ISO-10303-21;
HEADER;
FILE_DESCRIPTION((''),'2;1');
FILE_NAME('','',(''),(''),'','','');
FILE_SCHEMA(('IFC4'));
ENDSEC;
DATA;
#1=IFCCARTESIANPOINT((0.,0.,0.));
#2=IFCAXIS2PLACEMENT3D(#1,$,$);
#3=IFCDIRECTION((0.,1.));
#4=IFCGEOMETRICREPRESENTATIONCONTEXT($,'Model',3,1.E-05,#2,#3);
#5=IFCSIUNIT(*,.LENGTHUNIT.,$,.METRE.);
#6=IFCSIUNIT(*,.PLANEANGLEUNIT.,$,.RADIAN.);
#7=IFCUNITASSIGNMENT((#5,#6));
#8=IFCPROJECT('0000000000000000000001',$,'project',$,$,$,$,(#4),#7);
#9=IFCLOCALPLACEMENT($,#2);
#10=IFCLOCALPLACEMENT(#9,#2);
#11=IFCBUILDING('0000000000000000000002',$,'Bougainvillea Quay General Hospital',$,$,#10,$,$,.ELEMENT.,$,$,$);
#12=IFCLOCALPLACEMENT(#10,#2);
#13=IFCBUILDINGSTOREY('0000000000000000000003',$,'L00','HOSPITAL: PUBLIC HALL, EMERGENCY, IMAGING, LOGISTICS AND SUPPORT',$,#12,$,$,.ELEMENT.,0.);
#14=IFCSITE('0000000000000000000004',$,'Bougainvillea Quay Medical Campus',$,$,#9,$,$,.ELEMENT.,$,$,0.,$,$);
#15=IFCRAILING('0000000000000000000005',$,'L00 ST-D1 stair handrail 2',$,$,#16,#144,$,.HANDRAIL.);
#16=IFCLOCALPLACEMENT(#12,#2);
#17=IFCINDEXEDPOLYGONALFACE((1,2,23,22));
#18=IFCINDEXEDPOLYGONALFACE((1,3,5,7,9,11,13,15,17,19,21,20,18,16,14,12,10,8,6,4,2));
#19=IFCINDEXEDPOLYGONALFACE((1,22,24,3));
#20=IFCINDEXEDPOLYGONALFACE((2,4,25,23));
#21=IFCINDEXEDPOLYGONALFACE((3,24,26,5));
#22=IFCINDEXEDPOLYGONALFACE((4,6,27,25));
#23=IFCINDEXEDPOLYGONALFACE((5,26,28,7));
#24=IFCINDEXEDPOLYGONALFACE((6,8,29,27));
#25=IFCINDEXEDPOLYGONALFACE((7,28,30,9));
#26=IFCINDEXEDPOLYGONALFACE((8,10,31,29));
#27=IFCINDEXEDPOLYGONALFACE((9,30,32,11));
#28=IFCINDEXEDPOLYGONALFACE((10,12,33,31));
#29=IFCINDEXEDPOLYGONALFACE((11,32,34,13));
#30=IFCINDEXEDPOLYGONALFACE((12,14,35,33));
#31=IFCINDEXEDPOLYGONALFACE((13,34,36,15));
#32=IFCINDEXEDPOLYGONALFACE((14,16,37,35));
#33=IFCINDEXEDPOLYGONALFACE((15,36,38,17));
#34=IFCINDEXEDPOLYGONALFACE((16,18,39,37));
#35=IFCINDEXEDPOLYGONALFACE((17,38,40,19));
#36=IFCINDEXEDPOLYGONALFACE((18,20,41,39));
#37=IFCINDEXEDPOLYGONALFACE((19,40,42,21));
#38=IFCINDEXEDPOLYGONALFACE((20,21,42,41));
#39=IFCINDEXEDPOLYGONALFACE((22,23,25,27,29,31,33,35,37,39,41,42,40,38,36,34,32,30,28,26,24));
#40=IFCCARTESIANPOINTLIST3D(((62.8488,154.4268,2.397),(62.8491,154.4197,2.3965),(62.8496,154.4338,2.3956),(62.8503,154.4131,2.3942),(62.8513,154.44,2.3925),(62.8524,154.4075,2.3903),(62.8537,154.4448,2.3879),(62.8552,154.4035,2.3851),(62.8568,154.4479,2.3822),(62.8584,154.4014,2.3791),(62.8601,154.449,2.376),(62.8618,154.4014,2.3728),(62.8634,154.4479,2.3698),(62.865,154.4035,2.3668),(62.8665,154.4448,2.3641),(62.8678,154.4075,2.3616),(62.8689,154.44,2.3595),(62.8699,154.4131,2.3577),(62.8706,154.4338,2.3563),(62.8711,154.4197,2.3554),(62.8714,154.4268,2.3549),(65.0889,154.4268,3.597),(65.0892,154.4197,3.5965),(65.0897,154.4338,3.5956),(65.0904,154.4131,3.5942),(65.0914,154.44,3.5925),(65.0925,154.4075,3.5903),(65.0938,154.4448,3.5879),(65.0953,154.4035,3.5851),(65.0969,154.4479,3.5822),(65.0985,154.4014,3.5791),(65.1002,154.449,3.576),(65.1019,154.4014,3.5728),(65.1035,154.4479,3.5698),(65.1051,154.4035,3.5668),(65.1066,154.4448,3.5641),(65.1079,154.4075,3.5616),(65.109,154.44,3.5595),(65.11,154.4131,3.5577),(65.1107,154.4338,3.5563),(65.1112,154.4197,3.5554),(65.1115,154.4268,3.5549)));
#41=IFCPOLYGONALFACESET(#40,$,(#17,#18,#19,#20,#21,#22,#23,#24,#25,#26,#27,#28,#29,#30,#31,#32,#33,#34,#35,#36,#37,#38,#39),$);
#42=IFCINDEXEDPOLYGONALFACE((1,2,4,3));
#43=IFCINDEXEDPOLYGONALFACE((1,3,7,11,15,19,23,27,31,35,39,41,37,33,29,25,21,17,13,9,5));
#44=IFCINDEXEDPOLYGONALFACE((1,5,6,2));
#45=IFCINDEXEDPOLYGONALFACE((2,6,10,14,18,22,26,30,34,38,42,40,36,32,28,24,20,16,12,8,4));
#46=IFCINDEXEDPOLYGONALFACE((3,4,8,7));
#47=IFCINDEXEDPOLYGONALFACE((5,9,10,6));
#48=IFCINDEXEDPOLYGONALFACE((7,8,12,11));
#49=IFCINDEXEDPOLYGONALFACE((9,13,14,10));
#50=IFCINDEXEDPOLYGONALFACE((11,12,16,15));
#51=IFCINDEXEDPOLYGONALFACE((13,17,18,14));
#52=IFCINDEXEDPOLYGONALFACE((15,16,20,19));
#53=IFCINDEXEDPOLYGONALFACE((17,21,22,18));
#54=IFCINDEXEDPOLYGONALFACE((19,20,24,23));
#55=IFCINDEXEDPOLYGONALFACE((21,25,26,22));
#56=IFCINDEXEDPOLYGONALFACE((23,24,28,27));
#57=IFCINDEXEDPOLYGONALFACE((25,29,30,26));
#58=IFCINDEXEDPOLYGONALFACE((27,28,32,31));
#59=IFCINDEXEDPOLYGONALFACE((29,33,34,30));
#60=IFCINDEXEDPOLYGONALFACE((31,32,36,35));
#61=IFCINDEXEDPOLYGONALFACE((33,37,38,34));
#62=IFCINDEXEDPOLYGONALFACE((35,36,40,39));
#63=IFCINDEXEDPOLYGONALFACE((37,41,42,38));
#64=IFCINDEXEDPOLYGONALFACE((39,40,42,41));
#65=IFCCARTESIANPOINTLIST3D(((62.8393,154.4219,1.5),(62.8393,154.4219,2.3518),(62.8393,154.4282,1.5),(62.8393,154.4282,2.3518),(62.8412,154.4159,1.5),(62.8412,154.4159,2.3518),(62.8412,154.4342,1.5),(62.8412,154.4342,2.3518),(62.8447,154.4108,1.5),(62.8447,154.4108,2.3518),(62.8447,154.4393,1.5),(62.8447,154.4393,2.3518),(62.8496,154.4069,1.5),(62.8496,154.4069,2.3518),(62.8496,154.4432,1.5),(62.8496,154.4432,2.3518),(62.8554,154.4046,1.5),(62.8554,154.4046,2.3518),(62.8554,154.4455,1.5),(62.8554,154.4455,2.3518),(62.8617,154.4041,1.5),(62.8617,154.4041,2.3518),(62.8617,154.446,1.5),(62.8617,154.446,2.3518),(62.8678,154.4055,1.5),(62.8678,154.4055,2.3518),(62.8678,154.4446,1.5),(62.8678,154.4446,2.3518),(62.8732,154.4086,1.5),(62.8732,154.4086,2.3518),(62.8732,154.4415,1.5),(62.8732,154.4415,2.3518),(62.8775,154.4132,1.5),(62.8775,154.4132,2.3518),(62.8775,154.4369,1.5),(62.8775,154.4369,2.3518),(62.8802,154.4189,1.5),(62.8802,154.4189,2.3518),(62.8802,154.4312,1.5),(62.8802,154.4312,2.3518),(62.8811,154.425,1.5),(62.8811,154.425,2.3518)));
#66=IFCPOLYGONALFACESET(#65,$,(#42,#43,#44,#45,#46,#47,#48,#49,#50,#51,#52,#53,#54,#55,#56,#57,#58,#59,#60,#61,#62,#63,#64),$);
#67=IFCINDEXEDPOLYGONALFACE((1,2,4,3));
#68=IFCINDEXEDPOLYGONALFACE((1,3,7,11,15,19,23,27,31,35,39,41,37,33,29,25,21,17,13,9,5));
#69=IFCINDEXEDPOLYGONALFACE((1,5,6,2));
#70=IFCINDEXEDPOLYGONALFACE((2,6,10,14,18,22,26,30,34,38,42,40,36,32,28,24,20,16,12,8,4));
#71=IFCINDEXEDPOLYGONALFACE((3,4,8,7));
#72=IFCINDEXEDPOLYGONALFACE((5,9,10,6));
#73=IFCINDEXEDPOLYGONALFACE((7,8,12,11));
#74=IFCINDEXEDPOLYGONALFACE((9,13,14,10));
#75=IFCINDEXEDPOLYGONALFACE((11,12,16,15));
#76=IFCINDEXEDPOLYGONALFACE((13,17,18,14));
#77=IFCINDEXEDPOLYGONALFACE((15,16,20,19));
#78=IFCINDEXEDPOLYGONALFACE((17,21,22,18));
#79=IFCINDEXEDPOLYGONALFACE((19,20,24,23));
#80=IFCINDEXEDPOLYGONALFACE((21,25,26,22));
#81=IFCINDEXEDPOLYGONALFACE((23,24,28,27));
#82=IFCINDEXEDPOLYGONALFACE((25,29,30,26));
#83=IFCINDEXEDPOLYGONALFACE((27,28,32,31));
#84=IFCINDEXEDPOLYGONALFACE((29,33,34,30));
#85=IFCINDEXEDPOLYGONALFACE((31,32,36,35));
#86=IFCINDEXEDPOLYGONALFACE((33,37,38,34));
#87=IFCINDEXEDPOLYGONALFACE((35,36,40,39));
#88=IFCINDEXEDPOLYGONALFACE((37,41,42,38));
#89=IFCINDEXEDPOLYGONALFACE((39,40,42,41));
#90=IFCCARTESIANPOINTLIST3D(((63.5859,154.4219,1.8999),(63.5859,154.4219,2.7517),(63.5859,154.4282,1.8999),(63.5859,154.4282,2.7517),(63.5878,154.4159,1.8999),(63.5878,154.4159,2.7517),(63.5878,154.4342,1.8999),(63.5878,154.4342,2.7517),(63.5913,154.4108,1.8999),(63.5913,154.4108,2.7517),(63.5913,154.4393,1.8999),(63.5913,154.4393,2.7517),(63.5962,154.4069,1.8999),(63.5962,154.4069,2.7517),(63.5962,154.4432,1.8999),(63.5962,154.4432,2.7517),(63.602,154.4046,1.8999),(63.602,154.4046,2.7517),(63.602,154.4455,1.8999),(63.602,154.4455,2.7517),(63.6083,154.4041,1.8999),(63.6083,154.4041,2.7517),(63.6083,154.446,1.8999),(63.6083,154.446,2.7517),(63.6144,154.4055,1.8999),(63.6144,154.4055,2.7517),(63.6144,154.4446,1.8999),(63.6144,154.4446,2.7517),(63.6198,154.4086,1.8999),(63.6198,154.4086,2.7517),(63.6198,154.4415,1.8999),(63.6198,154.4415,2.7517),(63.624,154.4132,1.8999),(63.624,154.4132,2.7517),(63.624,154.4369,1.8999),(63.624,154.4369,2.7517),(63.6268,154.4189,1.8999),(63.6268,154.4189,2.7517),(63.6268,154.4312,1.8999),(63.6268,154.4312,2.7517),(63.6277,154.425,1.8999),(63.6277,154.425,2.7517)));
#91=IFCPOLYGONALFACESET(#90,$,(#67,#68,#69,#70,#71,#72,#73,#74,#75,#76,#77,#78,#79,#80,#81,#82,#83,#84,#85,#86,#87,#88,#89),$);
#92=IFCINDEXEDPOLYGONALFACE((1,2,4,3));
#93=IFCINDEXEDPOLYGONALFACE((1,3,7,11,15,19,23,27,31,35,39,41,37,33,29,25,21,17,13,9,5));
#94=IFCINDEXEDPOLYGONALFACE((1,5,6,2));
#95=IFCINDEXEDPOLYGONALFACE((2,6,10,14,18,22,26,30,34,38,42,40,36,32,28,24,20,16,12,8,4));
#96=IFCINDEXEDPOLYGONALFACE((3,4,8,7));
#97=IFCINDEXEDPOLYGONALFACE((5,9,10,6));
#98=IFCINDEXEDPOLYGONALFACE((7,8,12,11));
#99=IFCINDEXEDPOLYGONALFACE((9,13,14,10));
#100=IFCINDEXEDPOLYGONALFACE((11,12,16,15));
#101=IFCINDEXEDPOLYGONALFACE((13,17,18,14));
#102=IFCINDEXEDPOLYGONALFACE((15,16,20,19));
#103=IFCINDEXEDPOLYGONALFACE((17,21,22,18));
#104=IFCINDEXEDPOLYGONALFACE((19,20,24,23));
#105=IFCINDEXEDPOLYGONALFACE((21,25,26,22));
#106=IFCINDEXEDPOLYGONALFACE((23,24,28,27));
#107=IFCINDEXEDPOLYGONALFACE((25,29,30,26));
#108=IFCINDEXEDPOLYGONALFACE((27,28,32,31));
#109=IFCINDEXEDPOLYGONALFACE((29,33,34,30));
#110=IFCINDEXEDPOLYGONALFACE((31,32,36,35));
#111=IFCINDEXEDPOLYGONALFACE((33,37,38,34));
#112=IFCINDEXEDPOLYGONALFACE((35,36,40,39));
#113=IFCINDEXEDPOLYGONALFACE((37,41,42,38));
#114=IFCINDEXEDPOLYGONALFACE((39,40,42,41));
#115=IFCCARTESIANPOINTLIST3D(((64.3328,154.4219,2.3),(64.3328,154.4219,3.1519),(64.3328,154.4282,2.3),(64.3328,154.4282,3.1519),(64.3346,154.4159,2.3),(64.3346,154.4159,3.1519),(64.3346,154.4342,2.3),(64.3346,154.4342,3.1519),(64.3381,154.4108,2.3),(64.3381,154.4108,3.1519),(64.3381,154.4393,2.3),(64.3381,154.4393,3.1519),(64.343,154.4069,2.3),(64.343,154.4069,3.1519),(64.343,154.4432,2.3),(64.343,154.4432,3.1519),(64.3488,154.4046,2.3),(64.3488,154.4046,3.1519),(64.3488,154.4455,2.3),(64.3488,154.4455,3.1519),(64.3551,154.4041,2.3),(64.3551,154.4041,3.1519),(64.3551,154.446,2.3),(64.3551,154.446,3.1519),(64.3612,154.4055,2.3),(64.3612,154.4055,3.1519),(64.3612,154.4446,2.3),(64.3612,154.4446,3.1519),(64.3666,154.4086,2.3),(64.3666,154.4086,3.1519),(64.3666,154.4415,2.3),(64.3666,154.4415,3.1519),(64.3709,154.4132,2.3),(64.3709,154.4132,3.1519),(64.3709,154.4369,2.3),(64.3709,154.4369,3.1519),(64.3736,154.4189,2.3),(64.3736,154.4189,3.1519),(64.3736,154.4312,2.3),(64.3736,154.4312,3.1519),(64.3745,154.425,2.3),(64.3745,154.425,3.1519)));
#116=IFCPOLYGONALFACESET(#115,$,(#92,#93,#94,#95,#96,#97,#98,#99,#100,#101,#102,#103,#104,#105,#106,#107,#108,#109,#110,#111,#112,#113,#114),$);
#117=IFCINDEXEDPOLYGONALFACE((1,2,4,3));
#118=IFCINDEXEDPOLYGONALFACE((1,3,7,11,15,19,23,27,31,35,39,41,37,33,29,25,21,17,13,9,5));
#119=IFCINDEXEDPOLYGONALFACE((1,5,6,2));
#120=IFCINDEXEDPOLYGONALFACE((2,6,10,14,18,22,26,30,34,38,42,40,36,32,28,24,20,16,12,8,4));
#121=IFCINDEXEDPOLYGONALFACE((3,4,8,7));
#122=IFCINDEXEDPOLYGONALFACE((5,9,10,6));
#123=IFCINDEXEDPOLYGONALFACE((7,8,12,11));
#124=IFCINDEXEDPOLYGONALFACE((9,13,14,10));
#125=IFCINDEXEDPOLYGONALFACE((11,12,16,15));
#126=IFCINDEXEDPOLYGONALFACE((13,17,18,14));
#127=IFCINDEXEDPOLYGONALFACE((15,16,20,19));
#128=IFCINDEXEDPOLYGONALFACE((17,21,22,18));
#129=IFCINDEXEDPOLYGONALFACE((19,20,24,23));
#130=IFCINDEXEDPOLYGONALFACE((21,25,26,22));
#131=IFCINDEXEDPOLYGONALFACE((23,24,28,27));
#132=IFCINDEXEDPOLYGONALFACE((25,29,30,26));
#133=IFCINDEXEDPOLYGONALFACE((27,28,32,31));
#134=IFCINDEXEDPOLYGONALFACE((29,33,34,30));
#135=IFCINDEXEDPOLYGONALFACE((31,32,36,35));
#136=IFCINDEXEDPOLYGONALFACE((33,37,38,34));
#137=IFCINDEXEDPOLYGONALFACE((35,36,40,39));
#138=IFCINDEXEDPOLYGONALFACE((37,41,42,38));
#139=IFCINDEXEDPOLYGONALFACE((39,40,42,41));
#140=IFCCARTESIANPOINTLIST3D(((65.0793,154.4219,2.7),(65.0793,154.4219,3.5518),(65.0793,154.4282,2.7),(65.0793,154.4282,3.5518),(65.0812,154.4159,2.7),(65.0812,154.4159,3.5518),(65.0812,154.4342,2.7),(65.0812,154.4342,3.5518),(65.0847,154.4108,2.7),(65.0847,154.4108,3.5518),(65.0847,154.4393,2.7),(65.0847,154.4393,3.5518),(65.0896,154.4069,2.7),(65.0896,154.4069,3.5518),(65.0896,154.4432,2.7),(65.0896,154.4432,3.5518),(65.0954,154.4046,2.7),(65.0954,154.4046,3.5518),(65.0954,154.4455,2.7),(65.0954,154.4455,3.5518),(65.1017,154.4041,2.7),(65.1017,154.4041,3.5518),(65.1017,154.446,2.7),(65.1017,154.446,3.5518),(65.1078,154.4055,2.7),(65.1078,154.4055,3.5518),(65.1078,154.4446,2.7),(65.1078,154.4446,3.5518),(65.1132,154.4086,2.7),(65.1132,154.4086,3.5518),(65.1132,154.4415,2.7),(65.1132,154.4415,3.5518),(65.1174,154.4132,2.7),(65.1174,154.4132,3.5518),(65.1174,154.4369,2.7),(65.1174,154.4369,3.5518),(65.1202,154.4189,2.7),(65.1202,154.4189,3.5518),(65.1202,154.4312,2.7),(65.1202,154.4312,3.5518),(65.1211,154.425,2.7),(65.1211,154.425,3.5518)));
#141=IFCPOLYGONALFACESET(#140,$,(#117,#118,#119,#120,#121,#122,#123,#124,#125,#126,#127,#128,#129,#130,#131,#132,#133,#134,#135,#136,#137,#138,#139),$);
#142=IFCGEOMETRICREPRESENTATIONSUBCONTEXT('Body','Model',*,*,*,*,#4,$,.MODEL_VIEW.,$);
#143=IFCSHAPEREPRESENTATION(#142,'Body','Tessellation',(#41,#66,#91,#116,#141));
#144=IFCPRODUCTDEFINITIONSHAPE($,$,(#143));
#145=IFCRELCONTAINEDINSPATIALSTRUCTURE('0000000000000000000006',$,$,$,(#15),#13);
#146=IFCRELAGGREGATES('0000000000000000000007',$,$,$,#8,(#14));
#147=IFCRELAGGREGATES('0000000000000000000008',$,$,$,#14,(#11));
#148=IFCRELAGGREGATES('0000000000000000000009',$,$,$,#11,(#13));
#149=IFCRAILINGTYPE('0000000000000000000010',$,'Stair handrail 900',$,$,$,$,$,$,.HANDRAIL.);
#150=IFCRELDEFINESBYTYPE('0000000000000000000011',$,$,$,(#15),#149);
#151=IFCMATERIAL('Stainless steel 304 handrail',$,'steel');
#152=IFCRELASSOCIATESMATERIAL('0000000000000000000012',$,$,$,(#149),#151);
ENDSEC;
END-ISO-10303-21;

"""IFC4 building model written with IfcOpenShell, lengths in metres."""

from ifc_helpers import new_model, si_unit, direction, frame, origin, origin_2d, place, context, subcontext, project, spatial, circle, extrude, material, type_object, element, save


model = new_model("IFC4")

# Units and contexts
model_context = context("Model", 3, precision=1e-05, world=origin(), true_north=direction((0.0, 1.0)))
body_context = subcontext(model_context, "Body", "Model", "MODEL_VIEW")
ifc_project = project(units=[si_unit("LENGTHUNIT", "METRE"), si_unit("PLANEANGLEUNIT", "RADIAN")], contexts=[model_context])

# Site, building, storey
site_placement = place(None, origin())
site = spatial("IfcSite", under=ifc_project, at=site_placement, Name="Bougainvillea Quay Medical Campus", CompositionType="ELEMENT", RefElevation=0.0)
building_placement = place(site_placement, origin())
building = spatial("IfcBuilding", under=site, at=building_placement, Name="Bougainvillea Quay General Hospital", CompositionType="ELEMENT")
storey_placement = place(building_placement, origin())
storey = spatial("IfcBuildingStorey", under=building, at=storey_placement, Name="L00", Description="HOSPITAL: PUBLIC HALL, EMERGENCY, IMAGING, LOGISTICS AND SUPPORT", CompositionType="ELEMENT", Elevation=0.0)

# Railing
ifc_material_1 = material(Name="Stainless steel 304 handrail", Category="steel")
railing_type_1 = type_object("IfcRailingType", Name="Stair handrail 900", PredefinedType="HANDRAIL", material=ifc_material_1)
railing_1_placement = place(storey_placement, frame((62.8601, 154.425, 1.5)))
element("IfcRailing", 1, at=railing_1_placement, inside=storey, type_object=railing_type_1, Name="L00 ST-D1 stair handrail 2", PredefinedType="HANDRAIL", context=body_context, shape_type="SweptSolid", body=[
    extrude(circle(Radius=0.0239, at=origin_2d()), frame((0.0, 0.0, 0.876), z_axis=(0.881487, 0.0, 0.472208), x_axis=(0.0, 1.0, 0.0)), (0.0, 0.0, 1.0), 2.5413),
    extrude(circle(Radius=0.021, at=origin_2d()), origin(), (0.0, 0.0, 1.0), 0.8518),
    extrude(circle(Radius=0.021, at=origin_2d()), frame((0.7466, 0.0, 0.3999)), (0.0, 0.0, 1.0), 0.8518),
    extrude(circle(Radius=0.021, at=origin_2d()), frame((1.4934, 0.0, 0.8)), (0.0, 0.0, 1.0), 0.8518),
    extrude(circle(Radius=0.021, at=origin_2d()), frame((2.24, 0.0, 1.2)), (0.0, 0.0, 1.0), 0.8518),
])

save(model, "model.ifc")
